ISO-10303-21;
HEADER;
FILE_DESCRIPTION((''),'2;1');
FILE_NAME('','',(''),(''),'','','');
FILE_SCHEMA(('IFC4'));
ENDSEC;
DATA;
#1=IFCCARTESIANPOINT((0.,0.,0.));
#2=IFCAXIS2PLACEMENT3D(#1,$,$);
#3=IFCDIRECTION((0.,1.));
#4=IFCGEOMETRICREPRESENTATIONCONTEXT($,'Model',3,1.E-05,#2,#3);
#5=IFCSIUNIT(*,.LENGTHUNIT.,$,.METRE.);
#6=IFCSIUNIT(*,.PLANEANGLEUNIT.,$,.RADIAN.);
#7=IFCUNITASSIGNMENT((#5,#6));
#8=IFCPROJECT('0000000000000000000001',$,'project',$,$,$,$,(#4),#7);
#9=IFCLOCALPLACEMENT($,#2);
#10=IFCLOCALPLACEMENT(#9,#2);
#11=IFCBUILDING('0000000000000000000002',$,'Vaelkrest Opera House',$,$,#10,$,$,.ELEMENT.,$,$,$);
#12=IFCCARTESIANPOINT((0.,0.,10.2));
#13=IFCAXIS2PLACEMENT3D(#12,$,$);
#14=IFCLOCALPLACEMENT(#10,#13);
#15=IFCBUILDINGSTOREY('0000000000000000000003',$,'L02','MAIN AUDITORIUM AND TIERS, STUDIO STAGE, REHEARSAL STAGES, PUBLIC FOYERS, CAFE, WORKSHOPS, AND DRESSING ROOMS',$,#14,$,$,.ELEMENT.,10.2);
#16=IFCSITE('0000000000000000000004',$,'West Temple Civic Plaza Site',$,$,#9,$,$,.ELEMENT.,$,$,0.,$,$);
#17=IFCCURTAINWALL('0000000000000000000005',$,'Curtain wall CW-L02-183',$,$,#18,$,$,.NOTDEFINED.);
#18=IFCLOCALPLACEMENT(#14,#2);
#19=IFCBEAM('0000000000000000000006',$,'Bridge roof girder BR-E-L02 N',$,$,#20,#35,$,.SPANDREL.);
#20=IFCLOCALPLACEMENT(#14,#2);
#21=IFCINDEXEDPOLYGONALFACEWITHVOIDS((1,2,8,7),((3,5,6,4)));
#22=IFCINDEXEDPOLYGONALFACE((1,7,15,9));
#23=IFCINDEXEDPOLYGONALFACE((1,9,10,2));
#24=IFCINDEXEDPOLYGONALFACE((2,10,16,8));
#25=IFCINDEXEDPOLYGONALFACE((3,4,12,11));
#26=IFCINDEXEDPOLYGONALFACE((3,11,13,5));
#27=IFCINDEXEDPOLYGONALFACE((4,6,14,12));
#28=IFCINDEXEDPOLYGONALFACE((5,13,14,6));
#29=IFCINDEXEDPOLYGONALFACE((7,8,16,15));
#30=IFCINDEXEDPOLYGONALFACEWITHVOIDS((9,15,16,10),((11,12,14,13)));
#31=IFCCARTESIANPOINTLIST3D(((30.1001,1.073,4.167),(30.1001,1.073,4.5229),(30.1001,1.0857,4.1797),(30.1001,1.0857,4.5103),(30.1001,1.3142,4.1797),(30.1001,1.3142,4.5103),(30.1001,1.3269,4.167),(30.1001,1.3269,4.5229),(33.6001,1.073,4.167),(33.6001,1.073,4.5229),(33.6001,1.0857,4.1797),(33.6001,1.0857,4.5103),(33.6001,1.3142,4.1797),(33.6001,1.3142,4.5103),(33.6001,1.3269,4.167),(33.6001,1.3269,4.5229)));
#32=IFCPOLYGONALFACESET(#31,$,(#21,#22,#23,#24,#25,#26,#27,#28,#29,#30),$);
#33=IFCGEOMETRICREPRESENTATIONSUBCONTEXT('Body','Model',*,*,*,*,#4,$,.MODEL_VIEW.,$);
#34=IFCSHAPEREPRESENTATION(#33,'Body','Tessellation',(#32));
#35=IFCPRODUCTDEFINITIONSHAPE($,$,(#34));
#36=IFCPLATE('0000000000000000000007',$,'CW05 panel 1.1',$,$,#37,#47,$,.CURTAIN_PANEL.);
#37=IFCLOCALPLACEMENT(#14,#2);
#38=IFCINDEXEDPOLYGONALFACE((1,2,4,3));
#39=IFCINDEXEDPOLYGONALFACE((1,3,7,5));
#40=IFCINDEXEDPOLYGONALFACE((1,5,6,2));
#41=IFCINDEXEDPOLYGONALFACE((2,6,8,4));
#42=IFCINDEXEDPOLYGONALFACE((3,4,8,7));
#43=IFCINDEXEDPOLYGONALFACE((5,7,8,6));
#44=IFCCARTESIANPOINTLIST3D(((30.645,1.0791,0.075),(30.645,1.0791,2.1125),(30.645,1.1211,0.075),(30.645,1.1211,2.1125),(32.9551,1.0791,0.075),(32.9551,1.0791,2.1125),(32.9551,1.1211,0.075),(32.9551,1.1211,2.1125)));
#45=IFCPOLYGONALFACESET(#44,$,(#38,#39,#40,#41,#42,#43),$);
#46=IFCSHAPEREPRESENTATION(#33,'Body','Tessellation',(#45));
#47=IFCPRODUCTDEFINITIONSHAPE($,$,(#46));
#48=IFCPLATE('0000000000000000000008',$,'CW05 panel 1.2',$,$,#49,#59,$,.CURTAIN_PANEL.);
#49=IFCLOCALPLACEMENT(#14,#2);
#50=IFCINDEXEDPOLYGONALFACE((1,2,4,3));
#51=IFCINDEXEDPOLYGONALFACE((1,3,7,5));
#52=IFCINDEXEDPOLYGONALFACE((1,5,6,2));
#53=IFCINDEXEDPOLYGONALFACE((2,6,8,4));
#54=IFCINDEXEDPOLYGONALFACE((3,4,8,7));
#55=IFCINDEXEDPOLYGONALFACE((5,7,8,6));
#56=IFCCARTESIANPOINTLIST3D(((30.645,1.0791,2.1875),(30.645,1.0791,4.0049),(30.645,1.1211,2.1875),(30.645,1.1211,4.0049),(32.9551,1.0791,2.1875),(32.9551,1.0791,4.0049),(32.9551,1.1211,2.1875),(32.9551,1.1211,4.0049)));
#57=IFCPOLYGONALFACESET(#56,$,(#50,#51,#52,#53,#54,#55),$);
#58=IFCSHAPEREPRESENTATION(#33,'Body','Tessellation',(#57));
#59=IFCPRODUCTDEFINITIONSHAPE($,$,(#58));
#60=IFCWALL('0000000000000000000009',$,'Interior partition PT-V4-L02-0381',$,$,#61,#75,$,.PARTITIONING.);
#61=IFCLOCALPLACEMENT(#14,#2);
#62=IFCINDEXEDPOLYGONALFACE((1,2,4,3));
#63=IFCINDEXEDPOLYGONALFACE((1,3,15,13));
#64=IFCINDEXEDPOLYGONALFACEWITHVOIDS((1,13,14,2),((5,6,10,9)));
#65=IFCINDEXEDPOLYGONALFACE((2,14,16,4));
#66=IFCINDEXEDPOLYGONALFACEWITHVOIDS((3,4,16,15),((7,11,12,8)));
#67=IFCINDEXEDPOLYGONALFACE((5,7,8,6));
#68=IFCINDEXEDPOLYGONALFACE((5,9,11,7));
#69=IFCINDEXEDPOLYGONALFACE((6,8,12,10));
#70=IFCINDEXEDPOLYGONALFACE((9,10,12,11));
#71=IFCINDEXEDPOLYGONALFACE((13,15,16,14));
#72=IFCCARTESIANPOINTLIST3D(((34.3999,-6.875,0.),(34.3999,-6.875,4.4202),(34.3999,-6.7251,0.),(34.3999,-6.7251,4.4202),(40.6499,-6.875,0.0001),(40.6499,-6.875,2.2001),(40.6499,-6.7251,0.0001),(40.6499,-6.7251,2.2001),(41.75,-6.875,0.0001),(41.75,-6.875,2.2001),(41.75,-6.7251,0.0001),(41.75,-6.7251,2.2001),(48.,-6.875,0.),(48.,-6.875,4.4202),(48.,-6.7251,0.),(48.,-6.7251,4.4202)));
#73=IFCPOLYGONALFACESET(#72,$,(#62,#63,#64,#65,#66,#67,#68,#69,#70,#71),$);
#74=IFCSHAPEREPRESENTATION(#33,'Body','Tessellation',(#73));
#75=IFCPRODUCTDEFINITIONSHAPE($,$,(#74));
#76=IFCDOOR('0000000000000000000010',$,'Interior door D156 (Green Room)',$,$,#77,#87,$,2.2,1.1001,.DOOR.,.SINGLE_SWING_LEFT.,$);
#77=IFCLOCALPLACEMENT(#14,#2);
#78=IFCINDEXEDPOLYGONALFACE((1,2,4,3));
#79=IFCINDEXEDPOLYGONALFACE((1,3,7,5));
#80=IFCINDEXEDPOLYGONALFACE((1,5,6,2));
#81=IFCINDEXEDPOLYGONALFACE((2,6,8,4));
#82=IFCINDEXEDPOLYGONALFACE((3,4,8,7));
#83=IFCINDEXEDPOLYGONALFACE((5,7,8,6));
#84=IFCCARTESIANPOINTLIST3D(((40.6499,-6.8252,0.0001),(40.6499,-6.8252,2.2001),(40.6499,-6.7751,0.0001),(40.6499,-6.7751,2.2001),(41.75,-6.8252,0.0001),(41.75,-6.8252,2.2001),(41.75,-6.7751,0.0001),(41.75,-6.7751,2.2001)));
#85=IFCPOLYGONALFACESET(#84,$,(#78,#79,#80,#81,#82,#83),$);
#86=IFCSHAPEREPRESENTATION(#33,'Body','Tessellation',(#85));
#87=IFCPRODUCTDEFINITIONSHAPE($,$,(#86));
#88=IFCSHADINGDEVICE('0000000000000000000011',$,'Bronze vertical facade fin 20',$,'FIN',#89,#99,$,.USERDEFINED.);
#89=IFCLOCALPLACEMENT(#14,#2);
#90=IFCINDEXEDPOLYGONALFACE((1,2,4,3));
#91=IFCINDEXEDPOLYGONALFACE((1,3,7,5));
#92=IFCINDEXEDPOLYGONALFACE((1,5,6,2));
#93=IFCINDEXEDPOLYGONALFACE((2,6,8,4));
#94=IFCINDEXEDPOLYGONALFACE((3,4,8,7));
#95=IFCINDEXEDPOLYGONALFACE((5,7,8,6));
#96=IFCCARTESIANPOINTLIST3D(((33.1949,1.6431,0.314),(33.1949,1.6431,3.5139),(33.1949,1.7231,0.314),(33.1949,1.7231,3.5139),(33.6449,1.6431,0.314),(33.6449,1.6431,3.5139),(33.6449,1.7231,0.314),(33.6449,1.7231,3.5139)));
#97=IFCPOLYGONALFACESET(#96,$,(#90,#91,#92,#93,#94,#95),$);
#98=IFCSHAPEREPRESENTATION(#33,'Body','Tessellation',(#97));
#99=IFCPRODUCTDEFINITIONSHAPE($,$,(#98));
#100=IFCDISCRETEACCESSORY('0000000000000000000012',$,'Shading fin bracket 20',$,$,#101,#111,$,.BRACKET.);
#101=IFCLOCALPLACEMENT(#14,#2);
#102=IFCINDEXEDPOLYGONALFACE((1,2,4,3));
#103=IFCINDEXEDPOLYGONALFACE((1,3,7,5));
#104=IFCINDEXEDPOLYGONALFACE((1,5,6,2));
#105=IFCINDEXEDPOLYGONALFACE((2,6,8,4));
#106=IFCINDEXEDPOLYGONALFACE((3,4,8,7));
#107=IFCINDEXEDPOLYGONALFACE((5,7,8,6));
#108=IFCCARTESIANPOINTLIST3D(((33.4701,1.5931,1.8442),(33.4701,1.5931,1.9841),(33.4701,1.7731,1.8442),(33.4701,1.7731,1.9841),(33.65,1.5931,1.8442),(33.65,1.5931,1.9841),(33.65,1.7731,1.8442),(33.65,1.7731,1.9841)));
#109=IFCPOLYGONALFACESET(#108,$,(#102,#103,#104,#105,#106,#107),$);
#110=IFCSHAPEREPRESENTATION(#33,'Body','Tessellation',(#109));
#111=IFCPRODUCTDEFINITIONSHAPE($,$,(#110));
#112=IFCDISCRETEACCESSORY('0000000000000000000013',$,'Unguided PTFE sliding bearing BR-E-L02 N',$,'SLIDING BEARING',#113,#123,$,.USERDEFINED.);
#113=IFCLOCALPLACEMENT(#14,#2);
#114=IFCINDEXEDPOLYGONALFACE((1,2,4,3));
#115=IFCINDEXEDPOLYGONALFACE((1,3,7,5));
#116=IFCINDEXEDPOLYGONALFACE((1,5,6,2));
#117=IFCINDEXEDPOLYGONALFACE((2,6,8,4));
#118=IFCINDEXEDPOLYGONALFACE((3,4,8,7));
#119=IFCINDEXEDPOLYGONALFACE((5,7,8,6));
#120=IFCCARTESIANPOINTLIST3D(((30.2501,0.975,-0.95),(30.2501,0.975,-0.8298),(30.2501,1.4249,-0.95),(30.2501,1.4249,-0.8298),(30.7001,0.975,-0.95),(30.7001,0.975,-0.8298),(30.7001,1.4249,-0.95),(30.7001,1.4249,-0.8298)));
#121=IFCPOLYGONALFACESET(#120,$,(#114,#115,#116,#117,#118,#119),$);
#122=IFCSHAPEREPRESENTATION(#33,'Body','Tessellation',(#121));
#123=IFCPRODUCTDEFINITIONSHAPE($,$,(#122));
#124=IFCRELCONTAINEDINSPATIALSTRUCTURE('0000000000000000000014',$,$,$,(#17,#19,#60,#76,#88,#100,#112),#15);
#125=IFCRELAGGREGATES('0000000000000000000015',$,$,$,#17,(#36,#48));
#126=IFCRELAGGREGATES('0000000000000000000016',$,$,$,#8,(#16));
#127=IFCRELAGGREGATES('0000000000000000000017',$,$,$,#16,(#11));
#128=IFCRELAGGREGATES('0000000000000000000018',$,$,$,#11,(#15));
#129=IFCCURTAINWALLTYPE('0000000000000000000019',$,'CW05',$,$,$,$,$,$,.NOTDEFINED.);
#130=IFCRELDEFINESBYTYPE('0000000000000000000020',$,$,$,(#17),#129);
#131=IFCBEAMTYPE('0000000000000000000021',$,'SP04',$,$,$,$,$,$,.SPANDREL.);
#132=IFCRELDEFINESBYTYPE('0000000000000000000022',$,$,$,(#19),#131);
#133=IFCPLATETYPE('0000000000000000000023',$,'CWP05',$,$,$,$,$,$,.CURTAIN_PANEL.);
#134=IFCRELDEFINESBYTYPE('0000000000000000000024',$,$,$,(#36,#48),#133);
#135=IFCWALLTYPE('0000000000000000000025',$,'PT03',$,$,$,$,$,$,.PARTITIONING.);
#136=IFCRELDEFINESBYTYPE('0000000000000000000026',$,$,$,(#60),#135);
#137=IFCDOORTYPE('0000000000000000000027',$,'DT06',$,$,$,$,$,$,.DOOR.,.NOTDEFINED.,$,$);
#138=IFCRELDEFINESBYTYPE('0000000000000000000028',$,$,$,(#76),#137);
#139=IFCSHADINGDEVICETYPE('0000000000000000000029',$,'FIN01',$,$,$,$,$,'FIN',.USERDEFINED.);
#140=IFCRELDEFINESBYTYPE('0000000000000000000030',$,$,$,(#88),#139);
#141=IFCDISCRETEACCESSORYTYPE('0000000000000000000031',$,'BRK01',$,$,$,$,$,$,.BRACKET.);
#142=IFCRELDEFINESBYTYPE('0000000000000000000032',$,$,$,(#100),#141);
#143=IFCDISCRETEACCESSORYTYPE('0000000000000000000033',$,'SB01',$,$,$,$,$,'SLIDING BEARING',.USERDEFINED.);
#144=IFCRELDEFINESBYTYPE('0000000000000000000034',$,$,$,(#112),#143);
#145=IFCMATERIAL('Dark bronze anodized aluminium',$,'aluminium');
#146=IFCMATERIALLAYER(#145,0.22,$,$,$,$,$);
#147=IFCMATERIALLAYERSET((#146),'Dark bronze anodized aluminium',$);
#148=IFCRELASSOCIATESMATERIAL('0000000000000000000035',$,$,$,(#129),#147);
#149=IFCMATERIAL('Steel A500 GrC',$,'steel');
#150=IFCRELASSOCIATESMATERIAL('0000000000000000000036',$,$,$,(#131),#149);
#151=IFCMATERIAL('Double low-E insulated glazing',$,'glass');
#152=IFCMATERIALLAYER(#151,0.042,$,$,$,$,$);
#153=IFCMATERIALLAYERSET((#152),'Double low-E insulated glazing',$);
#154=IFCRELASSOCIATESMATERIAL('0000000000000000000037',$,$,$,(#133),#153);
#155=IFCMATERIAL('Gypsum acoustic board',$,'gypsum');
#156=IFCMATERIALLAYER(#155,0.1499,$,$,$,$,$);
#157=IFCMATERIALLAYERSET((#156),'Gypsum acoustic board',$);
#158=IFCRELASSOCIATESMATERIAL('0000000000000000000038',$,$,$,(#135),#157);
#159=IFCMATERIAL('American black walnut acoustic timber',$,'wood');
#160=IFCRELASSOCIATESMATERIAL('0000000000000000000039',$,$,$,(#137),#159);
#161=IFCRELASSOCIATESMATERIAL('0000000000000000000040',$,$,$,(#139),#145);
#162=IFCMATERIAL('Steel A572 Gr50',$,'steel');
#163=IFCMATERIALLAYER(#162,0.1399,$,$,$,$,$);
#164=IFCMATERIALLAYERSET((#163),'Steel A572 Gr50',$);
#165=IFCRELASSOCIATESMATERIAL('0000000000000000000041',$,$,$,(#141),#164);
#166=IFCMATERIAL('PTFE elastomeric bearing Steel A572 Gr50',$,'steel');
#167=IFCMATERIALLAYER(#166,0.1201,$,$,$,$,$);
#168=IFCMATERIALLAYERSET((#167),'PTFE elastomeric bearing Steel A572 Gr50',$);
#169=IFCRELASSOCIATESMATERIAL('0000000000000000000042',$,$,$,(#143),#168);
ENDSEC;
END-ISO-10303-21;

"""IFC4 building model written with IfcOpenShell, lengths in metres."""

from ifc_helpers import new_model, si_unit, direction, frame, frame_2d, origin, origin_2d, place, context, subcontext, project, spatial, rectangle, hollow_rectangle, extrude, material, layer, layer_set, material_profile, profile_set, type_object, element, fill, aggregate, save


model = new_model("IFC4")

# Units and contexts
model_context = context("Model", 3, precision=1e-05, world=origin(), true_north=direction((0.0, 1.0)))
body_context = subcontext(model_context, "Body", "Model", "MODEL_VIEW")
ifc_project = project(units=[si_unit("LENGTHUNIT", "METRE"), si_unit("PLANEANGLEUNIT", "RADIAN")], contexts=[model_context])

# Site, building, storey
site_placement = place(None, origin())
site = spatial("IfcSite", under=ifc_project, at=site_placement, Name="West Temple Civic Plaza Site", CompositionType="ELEMENT", RefElevation=0.0)
building_placement = place(site_placement, origin())
building = spatial("IfcBuilding", under=site, at=building_placement, Name="Vaelkrest Opera House", CompositionType="ELEMENT")
storey_placement = place(building_placement, frame((0.0, 0.0, 10.2)))
storey = spatial("IfcBuildingStorey", under=building, at=storey_placement, Name="L02", Description="MAIN AUDITORIUM AND TIERS, STUDIO STAGE, REHEARSAL STAGES, PUBLIC FOYERS, CAFE, WORKSHOPS, AND DRESSING ROOMS", CompositionType="ELEMENT", Elevation=10.2)

# Curtain wall
ifc_material_1 = material(Name="Dark bronze anodized aluminium", Category="aluminium")
ifc_layer_1 = layer(ifc_material_1, 0.22)
ifc_layer_set_1 = layer_set([ifc_layer_1], Name="Dark bronze anodized aluminium")
curtain_wall_type_1 = type_object("IfcCurtainWallType", Name="CW05", PredefinedType="NOTDEFINED", material=ifc_layer_set_1)
curtain_wall_1_placement = place(storey_placement, origin())
curtain_wall_1 = element("IfcCurtainWall", 1, at=curtain_wall_1_placement, inside=storey, type_object=curtain_wall_type_1, Name="Curtain wall CW-L02-183", PredefinedType="NOTDEFINED")

# Beam
ifc_material_2 = material(Name="Steel A500 GrC", Category="steel")
ifc_material_profile_1 = material_profile(ifc_material_2, hollow_rectangle(XDim=0.2539, YDim=0.356, WallThickness=0.0127, at=origin_2d()), Name="HSS356X254X12.7")
ifc_profile_set_1 = profile_set([ifc_material_profile_1], Name="Steel A500 GrC")
beam_type_1 = type_object("IfcBeamType", Name="SP04", PredefinedType="SPANDREL", material=ifc_profile_set_1)
beam_1_placement = place(storey_placement, frame((30.1001, 1.2, 4.345), z_axis=(1.0, 0.0, 0.0), x_axis=(0.0, 1.0, 0.0)))
element("IfcBeam", 2, at=beam_1_placement, inside=storey, type_object=beam_type_1, Name="Bridge roof girder BR-E-L02 N", PredefinedType="SPANDREL", context=body_context, shape_type="SweptSolid", body=[
    extrude(hollow_rectangle(XDim=0.2539, YDim=0.356, WallThickness=0.0127, at=origin_2d()), origin(), (0.0, 0.0, 1.0), 3.5),
])

# Plates
ifc_material_3 = material(Name="Double low-E insulated glazing", Category="glass")
ifc_layer_2 = layer(ifc_material_3, 0.042)
ifc_layer_set_2 = layer_set([ifc_layer_2], Name="Double low-E insulated glazing")
plate_type = type_object("IfcPlateType", Name="CWP05", PredefinedType="CURTAIN_PANEL", material=ifc_layer_set_2)
plate_1_placement = place(storey_placement, frame((31.8, 1.1001, 0.075), z_axis=(0.0, 0.0, 1.0), x_axis=(1.0, 0.0, 0.0)))
plate_1 = element("IfcPlate", 3, at=plate_1_placement, type_object=plate_type, Name="CW05 panel 1.1", PredefinedType="CURTAIN_PANEL", context=body_context, shape_type="SweptSolid", body=[
    extrude(rectangle(XDim=2.3101, YDim=0.042, at=origin_2d()), origin(), (0.0, 0.0, 1.0), 2.0376),
])
plate_2_placement = place(storey_placement, frame((31.8, 1.1001, 2.1875), z_axis=(0.0, 0.0, 1.0), x_axis=(1.0, 0.0, 0.0)))
plate_2 = element("IfcPlate", 4, at=plate_2_placement, type_object=plate_type, Name="CW05 panel 1.2", PredefinedType="CURTAIN_PANEL", context=body_context, shape_type="SweptSolid", body=[
    extrude(rectangle(XDim=2.3101, YDim=0.042, at=origin_2d()), origin(), (0.0, 0.0, 1.0), 1.8174),
])
aggregate(curtain_wall_1, [plate_1, plate_2])

# Wall, opening, door
ifc_material_4 = material(Name="Gypsum acoustic board", Category="gypsum")
ifc_layer_3 = layer(ifc_material_4, 0.1499)
ifc_layer_set_3 = layer_set([ifc_layer_3], Name="Gypsum acoustic board")
wall_type = type_object("IfcWallType", Name="PT03", PredefinedType="PARTITIONING", material=ifc_layer_set_3)
wall_placement = place(storey_placement, frame((34.3999, -6.8, 0.0), z_axis=(0.0, 0.0, 1.0), x_axis=(1.0, 0.0, 0.0)))
wall = element("IfcWall", 5, at=wall_placement, inside=storey, type_object=wall_type, Name="Interior partition PT-V4-L02-0381", PredefinedType="PARTITIONING", context=body_context, shape_type="SweptSolid", body=[
    extrude(rectangle(XDim=13.6001, YDim=0.1499, at=frame_2d((6.8, 0.0))), origin(), (0.0, 0.0, 1.0), 4.4202),
])
opening_placement = place(wall_placement, frame((6.25, 0.0, 0.0)))
opening = element("IfcOpeningElement", 6, at=opening_placement, cuts=wall, PredefinedType="OPENING", context=body_context, shape_type="SweptSolid", body=[
    extrude(rectangle(XDim=1.1001, YDim=2.2, at=frame_2d((0.55, 1.1001))), frame((0.0, 0.085, 0.0), z_axis=(0.0, -1.0, 0.0), x_axis=(1.0, 0.0, 0.0)), (0.0, 0.0, 1.0), 0.1699),
])
ifc_material_5 = material(Name="American black walnut acoustic timber", Category="wood")
door_type = type_object("IfcDoorType", Name="DT06", OperationType="NOTDEFINED", PredefinedType="DOOR", material=ifc_material_5)
door_placement = place(opening_placement, origin())
door = element("IfcDoor", 7, at=door_placement, inside=storey, type_object=door_type, Name="Interior door D156 (Green Room)", OperationType="SINGLE_SWING_LEFT", OverallHeight=2.2, OverallWidth=1.1001, PredefinedType="DOOR", context=body_context, shape_type="SweptSolid", body=[
    extrude(rectangle(XDim=1.1001, YDim=2.2, at=frame_2d((0.55, 1.1001))), frame((0.0, 0.0249, 0.0), z_axis=(0.0, -1.0, 0.0), x_axis=(1.0, 0.0, 0.0)), (0.0, 0.0, 1.0), 0.05),
])
fill(opening, door)

# Shading device
shading_device_type = type_object("IfcShadingDeviceType", Name="FIN01", ElementType="FIN", PredefinedType="USERDEFINED", material=ifc_material_1)
shading_device_placement = place(storey_placement, frame((33.4199, 1.6831, 0.314), z_axis=(0.0, 0.0, 1.0), x_axis=(-1.0, 0.0, 0.0)))
element("IfcShadingDevice", 8, at=shading_device_placement, inside=storey, type_object=shading_device_type, Name="Bronze vertical facade fin 20", ObjectType="FIN", PredefinedType="USERDEFINED", context=body_context, shape_type="SweptSolid", body=[
    extrude(rectangle(XDim=0.45, YDim=0.0801, at=origin_2d()), origin(), (0.0, 0.0, 1.0), 3.2),
])

# Discrete accessories
ifc_material_6 = material(Name="Steel A572 Gr50", Category="steel")
ifc_layer_4 = layer(ifc_material_6, 0.1399)
ifc_layer_set_4 = layer_set([ifc_layer_4], Name="Steel A572 Gr50")
discrete_accessory_type_1 = type_object("IfcDiscreteAccessoryType", Name="BRK01", PredefinedType="BRACKET", material=ifc_layer_set_4)
discrete_accessory_1_placement = place(storey_placement, frame((33.5601, 1.6831, 1.8442), z_axis=(0.0, 0.0, 1.0), x_axis=(-1.0, 0.0, 0.0)))
element("IfcDiscreteAccessory", 9, at=discrete_accessory_1_placement, inside=storey, type_object=discrete_accessory_type_1, Name="Shading fin bracket 20", PredefinedType="BRACKET", context=body_context, shape_type="SweptSolid", body=[
    extrude(rectangle(XDim=0.1799, YDim=0.1799, at=origin_2d()), origin(), (0.0, 0.0, 1.0), 0.1399),
])
ifc_material_7 = material(Name="PTFE elastomeric bearing Steel A572 Gr50", Category="steel")
ifc_layer_5 = layer(ifc_material_7, 0.1201)
ifc_layer_set_5 = layer_set([ifc_layer_5], Name="PTFE elastomeric bearing Steel A572 Gr50")
discrete_accessory_type_2 = type_object("IfcDiscreteAccessoryType", Name="SB01", ElementType="SLIDING BEARING", PredefinedType="USERDEFINED", material=ifc_layer_set_5)
discrete_accessory_2_placement = place(storey_placement, frame((30.4751, 1.2, -0.95), z_axis=(0.0, 0.0, 1.0), x_axis=(1.0, 0.0, 0.0)))
element("IfcDiscreteAccessory", 10, at=discrete_accessory_2_placement, inside=storey, type_object=discrete_accessory_type_2, Name="Unguided PTFE sliding bearing BR-E-L02 N", ObjectType="SLIDING BEARING", PredefinedType="USERDEFINED", context=body_context, shape_type="SweptSolid", body=[
    extrude(rectangle(XDim=0.45, YDim=0.45, at=origin_2d()), origin(), (0.0, 0.0, 1.0), 0.1201),
])

save(model, "model.ifc")
